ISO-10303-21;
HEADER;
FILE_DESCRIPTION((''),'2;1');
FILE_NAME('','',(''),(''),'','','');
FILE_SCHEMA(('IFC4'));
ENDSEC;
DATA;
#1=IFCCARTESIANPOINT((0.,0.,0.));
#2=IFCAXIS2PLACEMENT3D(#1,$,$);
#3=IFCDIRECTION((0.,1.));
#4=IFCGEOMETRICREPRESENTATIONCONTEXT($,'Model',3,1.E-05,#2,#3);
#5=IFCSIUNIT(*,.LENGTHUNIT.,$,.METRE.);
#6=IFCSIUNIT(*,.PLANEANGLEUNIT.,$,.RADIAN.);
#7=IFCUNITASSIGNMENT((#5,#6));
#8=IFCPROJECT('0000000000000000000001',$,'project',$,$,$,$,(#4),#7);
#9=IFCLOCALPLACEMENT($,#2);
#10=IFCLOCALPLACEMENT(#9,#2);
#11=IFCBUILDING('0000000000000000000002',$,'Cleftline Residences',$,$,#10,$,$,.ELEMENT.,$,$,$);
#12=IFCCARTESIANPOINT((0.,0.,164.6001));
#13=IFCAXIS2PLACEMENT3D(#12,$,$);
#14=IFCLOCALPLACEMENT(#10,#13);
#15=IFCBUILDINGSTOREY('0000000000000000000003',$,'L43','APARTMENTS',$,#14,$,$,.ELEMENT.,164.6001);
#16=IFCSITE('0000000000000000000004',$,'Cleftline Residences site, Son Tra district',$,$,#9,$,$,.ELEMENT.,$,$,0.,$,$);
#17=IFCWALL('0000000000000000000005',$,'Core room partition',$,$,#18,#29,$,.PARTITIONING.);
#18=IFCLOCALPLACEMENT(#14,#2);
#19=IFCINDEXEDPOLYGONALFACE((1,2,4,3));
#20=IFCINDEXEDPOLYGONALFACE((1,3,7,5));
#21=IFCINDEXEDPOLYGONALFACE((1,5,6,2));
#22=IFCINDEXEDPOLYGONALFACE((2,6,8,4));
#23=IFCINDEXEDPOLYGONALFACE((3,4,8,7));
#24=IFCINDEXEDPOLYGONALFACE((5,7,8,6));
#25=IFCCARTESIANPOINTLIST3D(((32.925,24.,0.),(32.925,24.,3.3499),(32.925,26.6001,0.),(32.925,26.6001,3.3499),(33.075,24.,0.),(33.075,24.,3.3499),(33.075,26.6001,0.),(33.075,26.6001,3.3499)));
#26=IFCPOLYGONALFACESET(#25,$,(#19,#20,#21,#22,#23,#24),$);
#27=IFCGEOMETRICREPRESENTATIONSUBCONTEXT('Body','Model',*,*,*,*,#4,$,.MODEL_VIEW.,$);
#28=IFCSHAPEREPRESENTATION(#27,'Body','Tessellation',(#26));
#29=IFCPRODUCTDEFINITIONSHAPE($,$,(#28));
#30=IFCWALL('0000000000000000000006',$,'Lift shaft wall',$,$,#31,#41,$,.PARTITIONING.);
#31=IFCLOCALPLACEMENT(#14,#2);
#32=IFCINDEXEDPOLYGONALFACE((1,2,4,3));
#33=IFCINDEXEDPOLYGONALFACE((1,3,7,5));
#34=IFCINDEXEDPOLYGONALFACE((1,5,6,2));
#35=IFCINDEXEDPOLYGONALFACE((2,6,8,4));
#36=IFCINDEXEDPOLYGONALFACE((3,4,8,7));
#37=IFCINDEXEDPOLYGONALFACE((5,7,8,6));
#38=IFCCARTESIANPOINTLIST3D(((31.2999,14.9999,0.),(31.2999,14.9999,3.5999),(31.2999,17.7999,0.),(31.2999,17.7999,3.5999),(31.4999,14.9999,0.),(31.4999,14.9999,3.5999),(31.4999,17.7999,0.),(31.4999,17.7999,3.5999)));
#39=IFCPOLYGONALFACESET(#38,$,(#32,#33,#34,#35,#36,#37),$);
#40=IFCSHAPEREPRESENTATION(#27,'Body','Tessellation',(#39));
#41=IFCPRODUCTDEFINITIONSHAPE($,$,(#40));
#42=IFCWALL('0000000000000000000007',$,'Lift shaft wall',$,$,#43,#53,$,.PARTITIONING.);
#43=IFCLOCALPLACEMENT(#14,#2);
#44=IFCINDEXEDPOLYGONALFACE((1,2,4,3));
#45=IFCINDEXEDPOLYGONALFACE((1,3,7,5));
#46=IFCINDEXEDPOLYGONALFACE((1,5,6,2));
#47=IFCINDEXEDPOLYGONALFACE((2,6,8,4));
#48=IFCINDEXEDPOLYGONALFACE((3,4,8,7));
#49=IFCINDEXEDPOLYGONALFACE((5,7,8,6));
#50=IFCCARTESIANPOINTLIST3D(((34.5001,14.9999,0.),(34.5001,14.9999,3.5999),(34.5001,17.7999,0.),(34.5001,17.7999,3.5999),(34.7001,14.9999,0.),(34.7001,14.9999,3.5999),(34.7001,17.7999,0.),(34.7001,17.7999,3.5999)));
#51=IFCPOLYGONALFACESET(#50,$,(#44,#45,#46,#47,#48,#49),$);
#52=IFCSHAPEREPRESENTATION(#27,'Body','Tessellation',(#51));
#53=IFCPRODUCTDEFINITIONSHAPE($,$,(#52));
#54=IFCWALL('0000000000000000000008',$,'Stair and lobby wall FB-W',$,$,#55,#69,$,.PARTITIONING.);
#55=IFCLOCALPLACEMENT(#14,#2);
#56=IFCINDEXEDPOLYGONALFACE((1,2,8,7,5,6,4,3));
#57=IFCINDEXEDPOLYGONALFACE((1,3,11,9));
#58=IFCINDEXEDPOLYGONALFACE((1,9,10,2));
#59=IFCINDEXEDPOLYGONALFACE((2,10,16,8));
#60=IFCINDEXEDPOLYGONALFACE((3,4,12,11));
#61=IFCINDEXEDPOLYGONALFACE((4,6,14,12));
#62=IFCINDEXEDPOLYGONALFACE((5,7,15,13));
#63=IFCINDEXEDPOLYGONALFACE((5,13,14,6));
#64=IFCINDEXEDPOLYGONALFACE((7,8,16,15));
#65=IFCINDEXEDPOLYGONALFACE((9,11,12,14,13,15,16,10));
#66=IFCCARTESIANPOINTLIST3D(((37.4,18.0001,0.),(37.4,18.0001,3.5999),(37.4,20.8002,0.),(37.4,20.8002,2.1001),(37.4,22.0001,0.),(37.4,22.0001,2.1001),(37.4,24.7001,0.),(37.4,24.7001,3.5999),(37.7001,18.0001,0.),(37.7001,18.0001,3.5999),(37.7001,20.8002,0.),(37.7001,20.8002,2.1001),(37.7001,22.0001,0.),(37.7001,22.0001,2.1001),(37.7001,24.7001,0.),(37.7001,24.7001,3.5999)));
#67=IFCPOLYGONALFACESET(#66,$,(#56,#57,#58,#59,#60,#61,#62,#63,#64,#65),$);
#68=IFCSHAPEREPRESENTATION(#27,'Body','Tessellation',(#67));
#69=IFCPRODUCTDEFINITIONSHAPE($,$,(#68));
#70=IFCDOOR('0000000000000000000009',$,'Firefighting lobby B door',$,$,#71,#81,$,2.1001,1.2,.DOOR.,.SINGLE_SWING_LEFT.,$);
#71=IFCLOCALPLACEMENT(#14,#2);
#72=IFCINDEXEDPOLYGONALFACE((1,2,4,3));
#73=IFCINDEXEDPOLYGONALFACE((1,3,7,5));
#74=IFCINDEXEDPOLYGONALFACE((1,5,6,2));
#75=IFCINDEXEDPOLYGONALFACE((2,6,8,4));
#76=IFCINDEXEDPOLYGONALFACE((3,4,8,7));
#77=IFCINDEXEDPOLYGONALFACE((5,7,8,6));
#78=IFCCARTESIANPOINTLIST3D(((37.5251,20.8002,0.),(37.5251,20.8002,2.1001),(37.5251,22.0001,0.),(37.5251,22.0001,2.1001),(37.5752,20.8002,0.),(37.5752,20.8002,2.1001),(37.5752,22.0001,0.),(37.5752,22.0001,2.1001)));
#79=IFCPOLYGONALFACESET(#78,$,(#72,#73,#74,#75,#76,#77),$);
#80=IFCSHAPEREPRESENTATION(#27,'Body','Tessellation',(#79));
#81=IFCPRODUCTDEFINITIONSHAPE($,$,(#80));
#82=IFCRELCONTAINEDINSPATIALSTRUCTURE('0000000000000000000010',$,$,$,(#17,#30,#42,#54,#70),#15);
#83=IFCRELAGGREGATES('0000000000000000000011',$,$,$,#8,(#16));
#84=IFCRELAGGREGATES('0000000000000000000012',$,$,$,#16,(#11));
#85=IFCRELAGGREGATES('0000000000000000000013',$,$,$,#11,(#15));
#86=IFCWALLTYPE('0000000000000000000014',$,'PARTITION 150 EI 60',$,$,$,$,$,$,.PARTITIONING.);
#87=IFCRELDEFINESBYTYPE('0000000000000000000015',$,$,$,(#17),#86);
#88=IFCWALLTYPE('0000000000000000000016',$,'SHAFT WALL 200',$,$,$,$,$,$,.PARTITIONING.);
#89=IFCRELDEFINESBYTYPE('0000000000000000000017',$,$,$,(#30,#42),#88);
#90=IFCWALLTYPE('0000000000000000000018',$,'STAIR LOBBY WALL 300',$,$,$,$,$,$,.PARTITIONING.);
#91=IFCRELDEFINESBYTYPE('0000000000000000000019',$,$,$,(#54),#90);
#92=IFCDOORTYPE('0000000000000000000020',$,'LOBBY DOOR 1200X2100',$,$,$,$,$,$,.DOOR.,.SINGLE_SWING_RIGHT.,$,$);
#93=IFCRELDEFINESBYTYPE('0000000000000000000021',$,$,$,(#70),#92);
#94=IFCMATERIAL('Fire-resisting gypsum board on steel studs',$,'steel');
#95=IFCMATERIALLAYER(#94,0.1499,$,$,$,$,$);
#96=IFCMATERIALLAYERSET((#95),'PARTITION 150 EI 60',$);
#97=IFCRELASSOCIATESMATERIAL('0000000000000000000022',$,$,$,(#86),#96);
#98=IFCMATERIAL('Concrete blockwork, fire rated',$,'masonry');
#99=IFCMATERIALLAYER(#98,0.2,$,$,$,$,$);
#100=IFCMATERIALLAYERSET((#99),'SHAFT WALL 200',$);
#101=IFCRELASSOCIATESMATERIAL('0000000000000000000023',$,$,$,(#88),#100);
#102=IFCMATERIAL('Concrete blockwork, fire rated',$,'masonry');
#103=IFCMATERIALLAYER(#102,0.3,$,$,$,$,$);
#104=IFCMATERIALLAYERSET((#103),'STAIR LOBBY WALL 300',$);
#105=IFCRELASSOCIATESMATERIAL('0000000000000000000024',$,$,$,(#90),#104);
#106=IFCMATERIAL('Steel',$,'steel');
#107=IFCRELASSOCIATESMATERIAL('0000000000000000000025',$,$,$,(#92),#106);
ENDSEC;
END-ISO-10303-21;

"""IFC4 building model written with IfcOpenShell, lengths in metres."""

from ifc_helpers import new_model, si_unit, direction, frame, frame_2d, origin, place, context, subcontext, project, spatial, rectangle, extrude, material, layer, layer_set, type_object, element, fill, save


model = new_model("IFC4")

# Units and contexts
model_context = context("Model", 3, precision=1e-05, world=origin(), true_north=direction((0.0, 1.0)))
body_context = subcontext(model_context, "Body", "Model", "MODEL_VIEW")
ifc_project = project(units=[si_unit("LENGTHUNIT", "METRE"), si_unit("PLANEANGLEUNIT", "RADIAN")], contexts=[model_context])

# Site, building, storey
site_placement = place(None, origin())
site = spatial("IfcSite", under=ifc_project, at=site_placement, Name="Cleftline Residences site, Son Tra district", CompositionType="ELEMENT", RefElevation=0.0)
building_placement = place(site_placement, origin())
building = spatial("IfcBuilding", under=site, at=building_placement, Name="Cleftline Residences", CompositionType="ELEMENT")
storey_placement = place(building_placement, frame((0.0, 0.0, 164.6001)))
storey = spatial("IfcBuildingStorey", under=building, at=storey_placement, Name="L43", Description="APARTMENTS", CompositionType="ELEMENT", Elevation=164.6001)

# Shared definitions
ifc_material_1 = material(Name="Fire-resisting gypsum board on steel studs", Category="steel")
ifc_layer_1 = layer(ifc_material_1, 0.1499)
ifc_layer_set_1 = layer_set([ifc_layer_1], Name="PARTITION 150 EI 60")
wall_type_1 = type_object("IfcWallType", Name="PARTITION 150 EI 60", PredefinedType="PARTITIONING", material=ifc_layer_set_1)

# Walls
wall_1_placement = place(storey_placement, frame((33.0, 24.0, 0.0), z_axis=(0.0, 0.0, 1.0), x_axis=(0.0, 1.0, 0.0)))
element("IfcWall", 1, at=wall_1_placement, inside=storey, type_object=wall_type_1, Name="Core room partition", PredefinedType="PARTITIONING", context=body_context, shape_type="SweptSolid", body=[
    extrude(rectangle(XDim=2.6001, YDim=0.1499, at=frame_2d((1.3, 0.0))), origin(), (0.0, 0.0, 1.0), 3.3499),
])
ifc_material_2 = material(Name="Concrete blockwork, fire rated", Category="masonry")
ifc_layer_2 = layer(ifc_material_2, 0.2)
ifc_layer_set_2 = layer_set([ifc_layer_2], Name="SHAFT WALL 200")
wall_type_2 = type_object("IfcWallType", Name="SHAFT WALL 200", PredefinedType="PARTITIONING", material=ifc_layer_set_2)
for number, where, z_axis, x_axis, name in (
    (2, (31.3999, 15.0, 0.0), (0.0, 0.0, 1.0), (0.0, 1.0, 0.0), "Lift shaft wall"),
    (3, (34.6001, 15.0, 0.0), (0.0, 0.0, 1.0), (0.0, 1.0, 0.0), "Lift shaft wall"),
):
    element("IfcWall", number, at=place(storey_placement, frame(where, z_axis=z_axis, x_axis=x_axis)), inside=storey, type_object=wall_type_2, Name=name, PredefinedType="PARTITIONING", context=body_context, shape_type="SweptSolid", body=[
        extrude(rectangle(XDim=2.8, YDim=0.2, at=frame_2d((1.3999, 0.0))), origin(), (0.0, 0.0, 1.0), 3.5999),
    ])

# Wall, opening, door
ifc_material_3 = material(Name="Concrete blockwork, fire rated", Category="masonry")
ifc_layer_3 = layer(ifc_material_3, 0.3)
ifc_layer_set_3 = layer_set([ifc_layer_3], Name="STAIR LOBBY WALL 300")
wall_type_3 = type_object("IfcWallType", Name="STAIR LOBBY WALL 300", PredefinedType="PARTITIONING", material=ifc_layer_set_3)
wall_2_placement = place(storey_placement, frame((37.55, 18.0, 0.0), z_axis=(0.0, 0.0, 1.0), x_axis=(0.0, 1.0, 0.0)))
wall_2 = element("IfcWall", 4, at=wall_2_placement, inside=storey, type_object=wall_type_3, Name="Stair and lobby wall FB-W", PredefinedType="PARTITIONING", context=body_context, shape_type="SweptSolid", body=[
    extrude(rectangle(XDim=6.7, YDim=0.3, at=frame_2d((3.3501, 0.0))), origin(), (0.0, 0.0, 1.0), 3.5999),
])
opening_1_placement = place(wall_2_placement, frame((2.8, 0.0, 0.0)))
opening_1 = element("IfcOpeningElement", 5, at=opening_1_placement, cuts=wall_2, PredefinedType="OPENING", context=body_context, shape_type="SweptSolid", body=[
    extrude(rectangle(XDim=1.2, YDim=2.1001, at=frame_2d((0.6001, 1.05))), frame((0.0, 0.1599, 0.0), z_axis=(0.0, -1.0, 0.0), x_axis=(1.0, 0.0, 0.0)), (0.0, 0.0, 1.0), 0.3201),
])
ifc_material_4 = material(Name="Steel", Category="steel")
door_type_1 = type_object("IfcDoorType", Name="LOBBY DOOR 1200X2100", OperationType="SINGLE_SWING_RIGHT", PredefinedType="DOOR", material=ifc_material_4)
door_1_placement = place(opening_1_placement, origin())
door_1 = element("IfcDoor", 6, at=door_1_placement, inside=storey, type_object=door_type_1, Name="Firefighting lobby B door", OperationType="SINGLE_SWING_LEFT", OverallHeight=2.1001, OverallWidth=1.2, PredefinedType="DOOR", context=body_context, shape_type="SweptSolid", body=[
    extrude(rectangle(XDim=1.2, YDim=2.1001, at=frame_2d((0.6001, 1.05))), frame((0.0, 0.0249, 0.0), z_axis=(0.0, -1.0, 0.0), x_axis=(1.0, 0.0, 0.0)), (0.0, 0.0, 1.0), 0.05),
])
fill(opening_1, door_1)

save(model, "model.ifc")
